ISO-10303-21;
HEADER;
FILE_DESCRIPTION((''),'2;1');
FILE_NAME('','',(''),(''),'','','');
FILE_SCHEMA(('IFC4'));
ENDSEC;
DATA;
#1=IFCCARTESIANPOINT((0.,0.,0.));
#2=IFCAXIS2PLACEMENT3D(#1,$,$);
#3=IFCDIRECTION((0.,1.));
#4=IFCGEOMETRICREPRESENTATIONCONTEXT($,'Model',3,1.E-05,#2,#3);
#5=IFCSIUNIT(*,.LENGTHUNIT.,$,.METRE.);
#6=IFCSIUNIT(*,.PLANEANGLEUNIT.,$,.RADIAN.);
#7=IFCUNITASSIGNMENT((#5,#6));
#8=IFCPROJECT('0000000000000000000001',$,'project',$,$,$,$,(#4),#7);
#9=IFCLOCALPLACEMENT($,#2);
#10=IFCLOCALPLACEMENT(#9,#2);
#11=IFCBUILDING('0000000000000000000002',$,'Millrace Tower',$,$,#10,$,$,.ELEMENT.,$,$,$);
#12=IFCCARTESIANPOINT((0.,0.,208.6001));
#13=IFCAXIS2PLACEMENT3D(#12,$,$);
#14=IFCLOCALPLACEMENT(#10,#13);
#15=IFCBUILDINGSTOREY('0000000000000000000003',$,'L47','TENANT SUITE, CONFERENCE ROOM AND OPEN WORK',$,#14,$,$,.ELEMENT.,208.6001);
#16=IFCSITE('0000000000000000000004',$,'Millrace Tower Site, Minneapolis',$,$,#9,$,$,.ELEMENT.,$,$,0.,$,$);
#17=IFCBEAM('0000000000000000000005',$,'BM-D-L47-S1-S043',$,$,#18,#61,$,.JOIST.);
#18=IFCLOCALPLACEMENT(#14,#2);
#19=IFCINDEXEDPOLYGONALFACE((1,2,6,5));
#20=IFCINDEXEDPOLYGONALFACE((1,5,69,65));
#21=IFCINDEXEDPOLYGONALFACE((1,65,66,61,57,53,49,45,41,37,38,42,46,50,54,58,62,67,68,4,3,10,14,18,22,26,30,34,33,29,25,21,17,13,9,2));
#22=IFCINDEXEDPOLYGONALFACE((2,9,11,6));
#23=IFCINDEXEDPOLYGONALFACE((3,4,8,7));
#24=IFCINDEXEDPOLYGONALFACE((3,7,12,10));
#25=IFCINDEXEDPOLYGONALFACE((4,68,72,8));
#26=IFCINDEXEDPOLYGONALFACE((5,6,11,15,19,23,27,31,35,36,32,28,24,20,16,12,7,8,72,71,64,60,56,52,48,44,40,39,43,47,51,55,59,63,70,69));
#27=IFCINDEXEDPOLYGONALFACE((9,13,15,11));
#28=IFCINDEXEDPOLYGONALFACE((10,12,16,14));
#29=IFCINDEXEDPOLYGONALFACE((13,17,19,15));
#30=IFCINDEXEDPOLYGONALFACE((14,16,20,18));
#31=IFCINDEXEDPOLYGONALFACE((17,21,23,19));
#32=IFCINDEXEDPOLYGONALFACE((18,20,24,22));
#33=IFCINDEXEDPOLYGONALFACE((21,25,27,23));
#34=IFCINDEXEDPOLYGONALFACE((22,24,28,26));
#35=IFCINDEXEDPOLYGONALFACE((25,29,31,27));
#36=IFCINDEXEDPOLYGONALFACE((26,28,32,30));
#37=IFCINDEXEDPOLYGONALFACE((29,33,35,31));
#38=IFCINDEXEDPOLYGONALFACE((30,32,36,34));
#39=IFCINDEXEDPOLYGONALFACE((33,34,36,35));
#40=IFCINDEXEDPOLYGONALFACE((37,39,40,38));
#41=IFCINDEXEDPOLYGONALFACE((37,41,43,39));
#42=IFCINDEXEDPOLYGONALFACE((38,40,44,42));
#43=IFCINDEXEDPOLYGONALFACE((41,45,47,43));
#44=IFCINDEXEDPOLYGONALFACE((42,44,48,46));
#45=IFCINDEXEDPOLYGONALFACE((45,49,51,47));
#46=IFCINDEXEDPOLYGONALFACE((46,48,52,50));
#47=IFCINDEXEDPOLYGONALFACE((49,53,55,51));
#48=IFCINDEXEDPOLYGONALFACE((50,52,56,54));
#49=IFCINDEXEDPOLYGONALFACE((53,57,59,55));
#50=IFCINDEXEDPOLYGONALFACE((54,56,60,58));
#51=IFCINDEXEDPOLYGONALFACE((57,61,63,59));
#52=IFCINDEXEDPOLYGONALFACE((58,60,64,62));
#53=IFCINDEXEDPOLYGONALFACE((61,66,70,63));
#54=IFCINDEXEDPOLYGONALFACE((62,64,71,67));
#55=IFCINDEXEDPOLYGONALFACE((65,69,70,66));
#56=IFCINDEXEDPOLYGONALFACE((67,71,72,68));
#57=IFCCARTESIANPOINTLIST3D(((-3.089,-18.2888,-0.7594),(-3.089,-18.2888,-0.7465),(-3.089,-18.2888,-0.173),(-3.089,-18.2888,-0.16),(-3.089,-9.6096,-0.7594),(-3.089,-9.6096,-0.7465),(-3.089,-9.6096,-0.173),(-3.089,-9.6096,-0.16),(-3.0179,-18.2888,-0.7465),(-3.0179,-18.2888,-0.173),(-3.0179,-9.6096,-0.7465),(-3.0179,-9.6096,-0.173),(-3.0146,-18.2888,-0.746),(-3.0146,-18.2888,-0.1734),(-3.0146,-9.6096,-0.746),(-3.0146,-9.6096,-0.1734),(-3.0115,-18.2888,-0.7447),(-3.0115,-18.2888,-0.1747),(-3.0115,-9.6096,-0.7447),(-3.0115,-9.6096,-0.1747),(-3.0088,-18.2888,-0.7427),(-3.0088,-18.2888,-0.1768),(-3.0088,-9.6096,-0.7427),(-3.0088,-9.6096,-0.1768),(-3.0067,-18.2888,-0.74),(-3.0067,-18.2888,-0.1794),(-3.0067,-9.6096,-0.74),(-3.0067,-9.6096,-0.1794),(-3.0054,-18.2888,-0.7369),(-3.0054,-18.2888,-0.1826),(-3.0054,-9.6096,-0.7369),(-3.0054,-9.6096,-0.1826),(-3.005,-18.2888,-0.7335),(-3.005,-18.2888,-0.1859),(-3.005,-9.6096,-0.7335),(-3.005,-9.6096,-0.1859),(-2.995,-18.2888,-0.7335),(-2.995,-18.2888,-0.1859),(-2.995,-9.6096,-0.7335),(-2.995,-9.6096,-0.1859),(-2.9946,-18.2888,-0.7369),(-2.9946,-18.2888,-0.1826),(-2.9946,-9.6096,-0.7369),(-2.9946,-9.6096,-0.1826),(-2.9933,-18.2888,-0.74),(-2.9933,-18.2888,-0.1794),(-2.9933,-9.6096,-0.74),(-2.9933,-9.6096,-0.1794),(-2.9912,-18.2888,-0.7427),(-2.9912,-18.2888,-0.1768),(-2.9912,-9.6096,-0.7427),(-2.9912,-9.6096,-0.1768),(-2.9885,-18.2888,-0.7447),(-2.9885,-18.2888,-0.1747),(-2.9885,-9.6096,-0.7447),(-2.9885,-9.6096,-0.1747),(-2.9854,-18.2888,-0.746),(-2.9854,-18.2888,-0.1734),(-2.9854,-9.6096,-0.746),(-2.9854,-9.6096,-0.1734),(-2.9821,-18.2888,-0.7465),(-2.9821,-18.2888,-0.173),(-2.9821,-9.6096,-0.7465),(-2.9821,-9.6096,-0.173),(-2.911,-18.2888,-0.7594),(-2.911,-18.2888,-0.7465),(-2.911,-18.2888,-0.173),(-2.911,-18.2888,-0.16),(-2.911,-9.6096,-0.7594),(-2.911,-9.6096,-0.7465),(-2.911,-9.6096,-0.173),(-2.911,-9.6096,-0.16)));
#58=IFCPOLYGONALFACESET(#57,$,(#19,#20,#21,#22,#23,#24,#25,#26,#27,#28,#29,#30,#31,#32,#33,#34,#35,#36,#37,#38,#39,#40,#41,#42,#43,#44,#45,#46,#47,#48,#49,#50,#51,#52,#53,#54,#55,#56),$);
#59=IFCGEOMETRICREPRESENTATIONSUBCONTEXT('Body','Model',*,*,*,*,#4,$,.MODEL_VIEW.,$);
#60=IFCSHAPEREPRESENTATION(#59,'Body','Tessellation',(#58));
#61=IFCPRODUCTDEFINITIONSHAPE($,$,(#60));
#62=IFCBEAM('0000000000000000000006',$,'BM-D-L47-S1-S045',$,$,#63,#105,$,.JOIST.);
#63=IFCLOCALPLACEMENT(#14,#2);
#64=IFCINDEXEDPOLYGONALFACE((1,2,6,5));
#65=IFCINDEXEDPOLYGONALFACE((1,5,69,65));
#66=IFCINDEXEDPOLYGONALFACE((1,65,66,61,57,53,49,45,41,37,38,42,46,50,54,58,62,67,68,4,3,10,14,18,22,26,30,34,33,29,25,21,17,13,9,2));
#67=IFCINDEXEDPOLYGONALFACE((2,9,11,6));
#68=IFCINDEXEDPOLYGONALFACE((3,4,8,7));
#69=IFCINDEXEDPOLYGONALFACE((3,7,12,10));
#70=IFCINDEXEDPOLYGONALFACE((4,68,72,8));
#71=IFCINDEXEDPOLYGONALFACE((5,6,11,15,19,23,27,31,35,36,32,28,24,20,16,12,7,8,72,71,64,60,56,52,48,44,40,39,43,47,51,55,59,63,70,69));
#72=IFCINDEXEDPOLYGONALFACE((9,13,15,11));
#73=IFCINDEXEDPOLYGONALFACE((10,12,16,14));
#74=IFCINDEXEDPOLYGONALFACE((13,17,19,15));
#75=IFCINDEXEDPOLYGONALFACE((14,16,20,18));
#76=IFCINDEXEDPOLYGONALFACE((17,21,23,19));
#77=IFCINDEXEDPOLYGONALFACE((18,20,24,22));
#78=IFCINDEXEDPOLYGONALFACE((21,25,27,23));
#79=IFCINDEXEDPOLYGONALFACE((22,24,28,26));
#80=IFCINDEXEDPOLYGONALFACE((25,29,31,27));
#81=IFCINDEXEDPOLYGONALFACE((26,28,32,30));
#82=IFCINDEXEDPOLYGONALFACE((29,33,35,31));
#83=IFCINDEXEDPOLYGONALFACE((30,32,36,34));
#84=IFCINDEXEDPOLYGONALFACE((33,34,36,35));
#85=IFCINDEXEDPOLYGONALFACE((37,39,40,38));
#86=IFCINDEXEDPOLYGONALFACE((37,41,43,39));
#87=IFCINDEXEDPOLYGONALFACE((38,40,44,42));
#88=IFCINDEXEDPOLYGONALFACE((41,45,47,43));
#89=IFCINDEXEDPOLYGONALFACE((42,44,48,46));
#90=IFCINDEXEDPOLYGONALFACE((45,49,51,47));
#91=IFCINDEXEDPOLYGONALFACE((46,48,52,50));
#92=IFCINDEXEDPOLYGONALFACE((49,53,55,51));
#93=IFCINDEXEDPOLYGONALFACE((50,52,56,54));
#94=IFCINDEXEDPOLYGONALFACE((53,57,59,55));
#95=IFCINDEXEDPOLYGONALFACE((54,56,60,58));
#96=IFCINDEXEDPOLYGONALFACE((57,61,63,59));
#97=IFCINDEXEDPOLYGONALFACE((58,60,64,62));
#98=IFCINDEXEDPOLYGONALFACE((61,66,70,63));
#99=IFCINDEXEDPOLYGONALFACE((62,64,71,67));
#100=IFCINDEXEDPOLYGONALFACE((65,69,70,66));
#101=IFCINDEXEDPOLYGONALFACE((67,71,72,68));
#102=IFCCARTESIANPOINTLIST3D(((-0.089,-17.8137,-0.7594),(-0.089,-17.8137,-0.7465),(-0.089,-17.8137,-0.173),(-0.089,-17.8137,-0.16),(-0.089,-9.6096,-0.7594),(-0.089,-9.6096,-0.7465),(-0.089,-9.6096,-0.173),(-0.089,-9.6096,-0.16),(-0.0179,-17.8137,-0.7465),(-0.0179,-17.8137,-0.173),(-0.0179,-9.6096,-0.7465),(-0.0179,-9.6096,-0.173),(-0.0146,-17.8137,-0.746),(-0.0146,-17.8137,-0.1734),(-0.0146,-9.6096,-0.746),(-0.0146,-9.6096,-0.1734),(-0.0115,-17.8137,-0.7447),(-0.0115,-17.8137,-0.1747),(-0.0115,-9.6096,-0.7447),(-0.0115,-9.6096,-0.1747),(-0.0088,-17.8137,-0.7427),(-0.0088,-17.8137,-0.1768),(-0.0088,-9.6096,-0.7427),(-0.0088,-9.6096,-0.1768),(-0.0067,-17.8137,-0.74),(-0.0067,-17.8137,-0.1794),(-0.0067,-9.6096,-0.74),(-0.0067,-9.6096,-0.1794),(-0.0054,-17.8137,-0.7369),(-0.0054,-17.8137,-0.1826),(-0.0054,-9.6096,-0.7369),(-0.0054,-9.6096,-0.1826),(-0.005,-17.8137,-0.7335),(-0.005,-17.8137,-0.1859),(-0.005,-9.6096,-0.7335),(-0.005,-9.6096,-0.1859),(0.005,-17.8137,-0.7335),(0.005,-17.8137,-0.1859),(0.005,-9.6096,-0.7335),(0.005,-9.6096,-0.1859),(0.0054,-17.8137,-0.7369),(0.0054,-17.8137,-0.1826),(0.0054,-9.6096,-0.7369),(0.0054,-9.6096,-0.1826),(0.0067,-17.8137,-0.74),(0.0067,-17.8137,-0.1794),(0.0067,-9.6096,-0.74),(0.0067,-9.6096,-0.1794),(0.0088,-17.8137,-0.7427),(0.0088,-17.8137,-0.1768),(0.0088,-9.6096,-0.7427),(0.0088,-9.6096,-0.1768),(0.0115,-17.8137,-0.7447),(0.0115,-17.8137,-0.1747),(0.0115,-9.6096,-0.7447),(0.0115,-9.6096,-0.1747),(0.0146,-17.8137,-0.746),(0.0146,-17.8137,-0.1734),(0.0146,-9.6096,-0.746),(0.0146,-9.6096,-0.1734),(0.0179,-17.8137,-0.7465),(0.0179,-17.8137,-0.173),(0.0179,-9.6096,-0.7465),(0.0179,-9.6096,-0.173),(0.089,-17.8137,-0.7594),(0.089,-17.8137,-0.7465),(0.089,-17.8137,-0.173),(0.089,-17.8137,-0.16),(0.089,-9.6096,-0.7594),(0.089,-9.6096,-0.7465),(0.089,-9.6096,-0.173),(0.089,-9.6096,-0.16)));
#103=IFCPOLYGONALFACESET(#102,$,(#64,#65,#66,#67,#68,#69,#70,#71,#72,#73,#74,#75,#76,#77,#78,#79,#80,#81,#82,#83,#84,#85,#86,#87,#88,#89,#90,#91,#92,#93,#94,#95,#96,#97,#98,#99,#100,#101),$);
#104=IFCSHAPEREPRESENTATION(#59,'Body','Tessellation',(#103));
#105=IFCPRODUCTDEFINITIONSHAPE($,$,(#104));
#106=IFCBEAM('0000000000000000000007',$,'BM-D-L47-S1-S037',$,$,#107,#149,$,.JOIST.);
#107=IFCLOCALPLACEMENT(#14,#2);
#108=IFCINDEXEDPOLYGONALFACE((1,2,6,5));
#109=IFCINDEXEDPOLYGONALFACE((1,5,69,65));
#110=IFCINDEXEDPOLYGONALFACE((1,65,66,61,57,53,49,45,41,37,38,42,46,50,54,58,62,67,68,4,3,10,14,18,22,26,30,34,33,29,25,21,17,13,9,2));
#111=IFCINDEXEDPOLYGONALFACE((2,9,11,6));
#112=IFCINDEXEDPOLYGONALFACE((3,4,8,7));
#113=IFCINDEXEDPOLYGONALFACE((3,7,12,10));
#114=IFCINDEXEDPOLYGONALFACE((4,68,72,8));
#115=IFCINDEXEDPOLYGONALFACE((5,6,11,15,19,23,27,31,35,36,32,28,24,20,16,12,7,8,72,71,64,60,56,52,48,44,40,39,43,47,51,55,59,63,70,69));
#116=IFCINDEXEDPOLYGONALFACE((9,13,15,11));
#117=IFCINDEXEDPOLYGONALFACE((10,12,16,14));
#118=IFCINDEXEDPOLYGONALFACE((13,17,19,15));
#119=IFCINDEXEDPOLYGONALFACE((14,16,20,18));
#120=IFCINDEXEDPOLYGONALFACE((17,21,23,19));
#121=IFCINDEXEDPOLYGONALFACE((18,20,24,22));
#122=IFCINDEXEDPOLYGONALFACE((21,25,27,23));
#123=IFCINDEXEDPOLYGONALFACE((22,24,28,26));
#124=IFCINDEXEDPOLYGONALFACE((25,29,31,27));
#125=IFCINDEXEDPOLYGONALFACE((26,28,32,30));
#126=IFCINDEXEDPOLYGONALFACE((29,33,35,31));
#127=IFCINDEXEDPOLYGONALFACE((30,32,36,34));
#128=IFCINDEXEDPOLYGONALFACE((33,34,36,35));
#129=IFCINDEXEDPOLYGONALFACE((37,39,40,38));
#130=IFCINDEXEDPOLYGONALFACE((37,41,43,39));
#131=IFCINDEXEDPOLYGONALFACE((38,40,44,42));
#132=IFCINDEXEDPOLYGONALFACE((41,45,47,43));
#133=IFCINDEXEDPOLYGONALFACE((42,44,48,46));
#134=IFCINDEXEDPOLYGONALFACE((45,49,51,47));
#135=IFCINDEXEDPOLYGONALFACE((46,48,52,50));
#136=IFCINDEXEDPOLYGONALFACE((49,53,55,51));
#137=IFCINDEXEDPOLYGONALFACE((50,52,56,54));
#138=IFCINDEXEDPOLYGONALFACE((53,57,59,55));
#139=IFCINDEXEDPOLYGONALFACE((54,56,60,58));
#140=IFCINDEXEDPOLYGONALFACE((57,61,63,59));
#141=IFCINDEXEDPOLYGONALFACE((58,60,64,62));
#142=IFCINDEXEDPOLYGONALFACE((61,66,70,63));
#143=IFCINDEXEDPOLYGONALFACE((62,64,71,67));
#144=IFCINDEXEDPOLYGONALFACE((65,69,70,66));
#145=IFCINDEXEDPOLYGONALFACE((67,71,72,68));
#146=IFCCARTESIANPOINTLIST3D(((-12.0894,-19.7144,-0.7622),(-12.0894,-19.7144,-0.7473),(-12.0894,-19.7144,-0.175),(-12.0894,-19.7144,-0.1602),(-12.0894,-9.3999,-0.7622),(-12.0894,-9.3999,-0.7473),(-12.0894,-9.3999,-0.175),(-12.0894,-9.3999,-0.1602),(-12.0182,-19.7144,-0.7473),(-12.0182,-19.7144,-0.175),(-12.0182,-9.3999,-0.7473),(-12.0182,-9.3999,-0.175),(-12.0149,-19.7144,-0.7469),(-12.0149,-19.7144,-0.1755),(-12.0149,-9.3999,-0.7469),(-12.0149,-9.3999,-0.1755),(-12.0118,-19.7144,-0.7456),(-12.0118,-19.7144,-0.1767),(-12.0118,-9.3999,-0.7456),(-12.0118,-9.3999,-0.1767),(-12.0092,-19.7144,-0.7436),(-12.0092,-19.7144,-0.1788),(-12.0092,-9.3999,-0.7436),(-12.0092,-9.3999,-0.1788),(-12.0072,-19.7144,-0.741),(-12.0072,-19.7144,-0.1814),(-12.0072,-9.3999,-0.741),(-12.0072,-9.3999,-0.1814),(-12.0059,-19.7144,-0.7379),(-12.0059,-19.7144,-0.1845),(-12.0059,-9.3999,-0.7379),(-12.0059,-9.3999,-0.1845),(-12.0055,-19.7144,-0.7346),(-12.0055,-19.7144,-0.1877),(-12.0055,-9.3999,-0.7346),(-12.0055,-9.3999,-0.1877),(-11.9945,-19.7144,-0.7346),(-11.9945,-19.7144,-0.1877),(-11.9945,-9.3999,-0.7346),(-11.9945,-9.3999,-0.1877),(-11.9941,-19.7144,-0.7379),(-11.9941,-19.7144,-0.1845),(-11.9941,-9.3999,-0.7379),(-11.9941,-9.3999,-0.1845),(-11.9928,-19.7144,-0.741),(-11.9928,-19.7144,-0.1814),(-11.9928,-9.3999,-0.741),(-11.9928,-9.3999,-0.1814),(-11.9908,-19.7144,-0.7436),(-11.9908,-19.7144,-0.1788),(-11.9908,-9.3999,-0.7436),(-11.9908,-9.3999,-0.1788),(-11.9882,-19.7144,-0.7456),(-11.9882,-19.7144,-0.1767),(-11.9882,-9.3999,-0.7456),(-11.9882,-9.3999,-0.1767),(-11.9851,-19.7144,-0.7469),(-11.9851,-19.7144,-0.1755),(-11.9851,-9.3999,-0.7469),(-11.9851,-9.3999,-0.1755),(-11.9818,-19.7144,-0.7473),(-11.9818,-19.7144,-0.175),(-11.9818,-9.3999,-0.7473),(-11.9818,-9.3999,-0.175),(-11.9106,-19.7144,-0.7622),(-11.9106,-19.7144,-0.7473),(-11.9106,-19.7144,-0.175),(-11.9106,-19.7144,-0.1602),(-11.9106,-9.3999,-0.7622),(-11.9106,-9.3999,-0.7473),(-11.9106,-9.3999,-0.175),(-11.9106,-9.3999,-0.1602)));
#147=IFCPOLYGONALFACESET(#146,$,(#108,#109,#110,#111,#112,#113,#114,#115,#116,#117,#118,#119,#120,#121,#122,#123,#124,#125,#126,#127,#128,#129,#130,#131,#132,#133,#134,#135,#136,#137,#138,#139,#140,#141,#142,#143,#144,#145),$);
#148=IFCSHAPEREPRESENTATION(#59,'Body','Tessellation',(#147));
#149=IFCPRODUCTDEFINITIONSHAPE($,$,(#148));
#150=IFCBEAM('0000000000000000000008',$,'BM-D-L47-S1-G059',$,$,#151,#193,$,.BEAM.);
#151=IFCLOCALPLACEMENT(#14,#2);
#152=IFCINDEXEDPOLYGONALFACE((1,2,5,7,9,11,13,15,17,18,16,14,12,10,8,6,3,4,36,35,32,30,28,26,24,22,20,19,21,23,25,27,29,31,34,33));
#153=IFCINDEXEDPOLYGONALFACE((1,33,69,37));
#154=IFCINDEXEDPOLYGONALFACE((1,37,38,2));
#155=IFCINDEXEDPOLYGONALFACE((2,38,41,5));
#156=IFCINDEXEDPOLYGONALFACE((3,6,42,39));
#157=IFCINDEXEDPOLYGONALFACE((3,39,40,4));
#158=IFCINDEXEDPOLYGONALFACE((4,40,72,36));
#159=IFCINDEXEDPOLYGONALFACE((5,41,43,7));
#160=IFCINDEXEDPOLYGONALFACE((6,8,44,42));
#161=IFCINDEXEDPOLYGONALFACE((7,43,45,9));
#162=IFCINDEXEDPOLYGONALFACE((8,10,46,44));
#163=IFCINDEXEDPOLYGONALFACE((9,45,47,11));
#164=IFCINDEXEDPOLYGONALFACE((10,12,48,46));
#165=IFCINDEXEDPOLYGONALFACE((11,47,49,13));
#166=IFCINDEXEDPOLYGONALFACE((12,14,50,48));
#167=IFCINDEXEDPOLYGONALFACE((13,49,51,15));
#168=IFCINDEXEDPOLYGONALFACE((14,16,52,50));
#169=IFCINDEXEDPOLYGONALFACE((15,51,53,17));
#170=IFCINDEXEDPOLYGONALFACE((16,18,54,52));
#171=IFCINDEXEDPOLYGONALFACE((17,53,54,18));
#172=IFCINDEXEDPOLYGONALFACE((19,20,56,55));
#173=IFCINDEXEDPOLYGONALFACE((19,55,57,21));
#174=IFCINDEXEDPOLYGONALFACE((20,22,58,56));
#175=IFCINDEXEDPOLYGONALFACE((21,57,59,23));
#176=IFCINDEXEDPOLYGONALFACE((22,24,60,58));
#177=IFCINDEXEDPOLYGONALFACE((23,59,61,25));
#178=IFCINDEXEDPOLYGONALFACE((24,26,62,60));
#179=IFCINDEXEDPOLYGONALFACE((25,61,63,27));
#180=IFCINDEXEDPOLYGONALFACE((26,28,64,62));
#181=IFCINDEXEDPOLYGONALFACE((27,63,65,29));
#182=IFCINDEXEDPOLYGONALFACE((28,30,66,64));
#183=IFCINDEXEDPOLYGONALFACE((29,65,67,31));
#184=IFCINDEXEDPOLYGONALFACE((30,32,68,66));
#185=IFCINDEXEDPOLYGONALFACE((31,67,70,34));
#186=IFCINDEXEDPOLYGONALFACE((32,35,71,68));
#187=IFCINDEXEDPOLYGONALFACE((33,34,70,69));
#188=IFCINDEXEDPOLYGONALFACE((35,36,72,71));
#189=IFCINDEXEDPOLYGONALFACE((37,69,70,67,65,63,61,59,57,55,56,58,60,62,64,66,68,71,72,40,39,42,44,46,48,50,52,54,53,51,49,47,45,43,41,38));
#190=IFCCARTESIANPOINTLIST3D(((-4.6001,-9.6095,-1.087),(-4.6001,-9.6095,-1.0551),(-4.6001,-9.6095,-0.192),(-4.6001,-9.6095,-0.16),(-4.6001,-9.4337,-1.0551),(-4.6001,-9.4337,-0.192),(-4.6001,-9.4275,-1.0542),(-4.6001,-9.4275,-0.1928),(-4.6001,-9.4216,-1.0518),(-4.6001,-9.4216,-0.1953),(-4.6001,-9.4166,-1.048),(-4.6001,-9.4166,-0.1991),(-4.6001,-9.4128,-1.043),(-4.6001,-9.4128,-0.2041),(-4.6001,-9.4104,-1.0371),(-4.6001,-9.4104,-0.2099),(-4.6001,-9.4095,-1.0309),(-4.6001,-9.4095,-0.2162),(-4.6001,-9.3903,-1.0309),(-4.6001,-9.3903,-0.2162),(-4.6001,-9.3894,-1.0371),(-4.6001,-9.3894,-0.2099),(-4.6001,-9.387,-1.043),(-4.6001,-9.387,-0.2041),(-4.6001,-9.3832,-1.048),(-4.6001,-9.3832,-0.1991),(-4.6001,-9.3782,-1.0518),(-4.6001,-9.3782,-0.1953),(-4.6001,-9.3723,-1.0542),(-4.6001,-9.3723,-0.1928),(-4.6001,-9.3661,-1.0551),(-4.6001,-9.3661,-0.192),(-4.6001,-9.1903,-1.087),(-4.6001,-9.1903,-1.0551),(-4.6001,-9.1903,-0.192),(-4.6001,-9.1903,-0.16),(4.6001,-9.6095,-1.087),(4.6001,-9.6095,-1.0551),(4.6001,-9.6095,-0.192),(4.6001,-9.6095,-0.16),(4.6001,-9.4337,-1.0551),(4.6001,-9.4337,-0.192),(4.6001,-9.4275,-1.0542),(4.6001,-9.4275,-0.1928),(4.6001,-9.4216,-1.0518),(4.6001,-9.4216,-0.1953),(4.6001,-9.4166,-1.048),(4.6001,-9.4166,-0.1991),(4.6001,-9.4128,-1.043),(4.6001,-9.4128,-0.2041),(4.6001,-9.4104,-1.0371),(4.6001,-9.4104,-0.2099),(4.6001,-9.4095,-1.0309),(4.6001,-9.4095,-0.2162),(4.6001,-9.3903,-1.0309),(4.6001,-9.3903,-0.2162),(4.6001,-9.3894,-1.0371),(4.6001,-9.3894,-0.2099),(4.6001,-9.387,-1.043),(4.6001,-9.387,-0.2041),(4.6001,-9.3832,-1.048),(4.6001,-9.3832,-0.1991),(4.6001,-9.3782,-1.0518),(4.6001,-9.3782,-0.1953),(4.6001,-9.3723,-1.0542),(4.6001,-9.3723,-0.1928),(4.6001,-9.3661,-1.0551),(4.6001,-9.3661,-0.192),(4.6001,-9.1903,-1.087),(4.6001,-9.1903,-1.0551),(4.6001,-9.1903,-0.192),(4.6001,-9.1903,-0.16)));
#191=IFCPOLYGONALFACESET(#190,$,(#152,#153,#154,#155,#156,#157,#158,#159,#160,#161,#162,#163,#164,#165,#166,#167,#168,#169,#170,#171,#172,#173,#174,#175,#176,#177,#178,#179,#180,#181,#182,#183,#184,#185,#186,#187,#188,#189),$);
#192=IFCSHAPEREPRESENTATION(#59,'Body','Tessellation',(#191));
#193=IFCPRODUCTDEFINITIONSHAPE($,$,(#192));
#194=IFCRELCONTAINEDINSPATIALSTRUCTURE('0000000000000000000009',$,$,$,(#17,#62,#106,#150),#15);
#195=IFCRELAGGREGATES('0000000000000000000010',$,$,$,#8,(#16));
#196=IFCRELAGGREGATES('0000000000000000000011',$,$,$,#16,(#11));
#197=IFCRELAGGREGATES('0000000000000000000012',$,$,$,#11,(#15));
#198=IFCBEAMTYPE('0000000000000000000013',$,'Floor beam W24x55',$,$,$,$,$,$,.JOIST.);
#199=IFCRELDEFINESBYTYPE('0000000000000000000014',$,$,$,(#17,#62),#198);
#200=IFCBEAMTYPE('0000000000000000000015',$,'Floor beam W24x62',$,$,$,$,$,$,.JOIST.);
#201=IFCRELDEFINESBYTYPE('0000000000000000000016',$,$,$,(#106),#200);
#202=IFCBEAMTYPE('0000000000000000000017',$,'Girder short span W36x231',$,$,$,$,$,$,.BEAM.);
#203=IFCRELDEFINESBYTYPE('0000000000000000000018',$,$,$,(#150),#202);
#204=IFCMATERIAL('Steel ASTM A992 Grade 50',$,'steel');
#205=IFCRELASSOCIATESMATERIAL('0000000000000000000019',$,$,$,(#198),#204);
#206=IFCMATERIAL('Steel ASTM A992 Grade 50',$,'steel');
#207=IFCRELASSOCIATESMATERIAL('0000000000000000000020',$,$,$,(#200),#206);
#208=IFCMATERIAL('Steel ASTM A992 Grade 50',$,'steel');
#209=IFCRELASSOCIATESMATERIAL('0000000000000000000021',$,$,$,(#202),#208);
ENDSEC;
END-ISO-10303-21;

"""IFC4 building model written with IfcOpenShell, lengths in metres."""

from ifc_helpers import new_model, si_unit, direction, frame, origin, origin_2d, place, context, subcontext, project, spatial, i_section, extrude, material, material_profile, profile_set, type_object, element, save


model = new_model("IFC4")

# Units and contexts
model_context = context("Model", 3, precision=1e-05, world=origin(), true_north=direction((0.0, 1.0)))
body_context = subcontext(model_context, "Body", "Model", "MODEL_VIEW")
ifc_project = project(units=[si_unit("LENGTHUNIT", "METRE"), si_unit("PLANEANGLEUNIT", "RADIAN")], contexts=[model_context])

# Site, building, storey
site_placement = place(None, origin())
site = spatial("IfcSite", under=ifc_project, at=site_placement, Name="Millrace Tower Site, Minneapolis", CompositionType="ELEMENT", RefElevation=0.0)
building_placement = place(site_placement, origin())
building = spatial("IfcBuilding", under=site, at=building_placement, Name="Millrace Tower", CompositionType="ELEMENT")
storey_placement = place(building_placement, frame((0.0, 0.0, 208.6001)))
storey = spatial("IfcBuildingStorey", under=building, at=storey_placement, Name="L47", Description="TENANT SUITE, CONFERENCE ROOM AND OPEN WORK", CompositionType="ELEMENT", Elevation=208.6001)

# Beams
ifc_material_1 = material(Name="Steel ASTM A992 Grade 50", Category="steel")
ifc_material_profile_1 = material_profile(ifc_material_1, i_section(OverallWidth=0.178, OverallDepth=0.5994, WebThickness=0.01, FlangeThickness=0.0129, FilletRadius=0.0129, at=origin_2d()))
ifc_profile_set_1 = profile_set([ifc_material_profile_1], Name="Steel ASTM A992 Grade 50")
beam_type_1 = type_object("IfcBeamType", Name="Floor beam W24x55", PredefinedType="JOIST", material=ifc_profile_set_1)
beam_1_placement = place(storey_placement, frame((-3.0, -18.2888, -0.4597), z_axis=(0.0, 1.0, 0.0), x_axis=(-1.0, 0.0, 0.0)))
element("IfcBeam", 1, at=beam_1_placement, inside=storey, type_object=beam_type_1, Name="BM-D-L47-S1-S043", PredefinedType="JOIST", context=body_context, shape_type="SweptSolid", body=[
    extrude(i_section(OverallWidth=0.178, OverallDepth=0.5994, WebThickness=0.01, FlangeThickness=0.0129, FilletRadius=0.0129, at=origin_2d()), origin(), (0.0, 0.0, 1.0), 8.6792),
])
beam_2_placement = place(storey_placement, frame((0.0, -17.8137, -0.4597), z_axis=(0.0, 1.0, 0.0), x_axis=(-1.0, 0.0, 0.0)))
element("IfcBeam", 2, at=beam_2_placement, inside=storey, type_object=beam_type_1, Name="BM-D-L47-S1-S045", PredefinedType="JOIST", context=body_context, shape_type="SweptSolid", body=[
    extrude(i_section(OverallWidth=0.178, OverallDepth=0.5994, WebThickness=0.01, FlangeThickness=0.0129, FilletRadius=0.0129, at=origin_2d()), origin(), (0.0, 0.0, 1.0), 8.2041),
])
ifc_material_2 = material(Name="Steel ASTM A992 Grade 50", Category="steel")
ifc_material_profile_2 = material_profile(ifc_material_2, i_section(OverallWidth=0.1787, OverallDepth=0.6021, WebThickness=0.011, FlangeThickness=0.0149, FilletRadius=0.0127, at=origin_2d()))
ifc_profile_set_2 = profile_set([ifc_material_profile_2], Name="Steel ASTM A992 Grade 50")
beam_type_2 = type_object("IfcBeamType", Name="Floor beam W24x62", PredefinedType="JOIST", material=ifc_profile_set_2)
beam_3_placement = place(storey_placement, frame((-12.0, -19.7144, -0.4612), z_axis=(0.0, 1.0, 0.0), x_axis=(-1.0, 0.0, 0.0)))
element("IfcBeam", 3, at=beam_3_placement, inside=storey, type_object=beam_type_2, Name="BM-D-L47-S1-S037", PredefinedType="JOIST", context=body_context, shape_type="SweptSolid", body=[
    extrude(i_section(OverallWidth=0.1787, OverallDepth=0.6021, WebThickness=0.011, FlangeThickness=0.0149, FilletRadius=0.0127, at=origin_2d()), origin(), (0.0, 0.0, 1.0), 10.3145),
])
ifc_material_3 = material(Name="Steel ASTM A992 Grade 50", Category="steel")
ifc_material_profile_3 = material_profile(ifc_material_3, i_section(OverallWidth=0.4192, OverallDepth=0.927, WebThickness=0.0193, FlangeThickness=0.032, FilletRadius=0.0242, at=origin_2d()))
ifc_profile_set_3 = profile_set([ifc_material_profile_3], Name="Steel ASTM A992 Grade 50")
beam_type_3 = type_object("IfcBeamType", Name="Girder short span W36x231", PredefinedType="BEAM", material=ifc_profile_set_3)
beam_4_placement = place(storey_placement, frame((-4.6001, -9.3999, -0.6235), z_axis=(1.0, 0.0, 0.0), x_axis=(0.0, 1.0, 0.0)))
element("IfcBeam", 4, at=beam_4_placement, inside=storey, type_object=beam_type_3, Name="BM-D-L47-S1-G059", PredefinedType="BEAM", context=body_context, shape_type="SweptSolid", body=[
    extrude(i_section(OverallWidth=0.4192, OverallDepth=0.927, WebThickness=0.0193, FlangeThickness=0.032, FilletRadius=0.0242, at=origin_2d()), origin(), (0.0, 0.0, 1.0), 9.2002),
])

save(model, "model.ifc")
